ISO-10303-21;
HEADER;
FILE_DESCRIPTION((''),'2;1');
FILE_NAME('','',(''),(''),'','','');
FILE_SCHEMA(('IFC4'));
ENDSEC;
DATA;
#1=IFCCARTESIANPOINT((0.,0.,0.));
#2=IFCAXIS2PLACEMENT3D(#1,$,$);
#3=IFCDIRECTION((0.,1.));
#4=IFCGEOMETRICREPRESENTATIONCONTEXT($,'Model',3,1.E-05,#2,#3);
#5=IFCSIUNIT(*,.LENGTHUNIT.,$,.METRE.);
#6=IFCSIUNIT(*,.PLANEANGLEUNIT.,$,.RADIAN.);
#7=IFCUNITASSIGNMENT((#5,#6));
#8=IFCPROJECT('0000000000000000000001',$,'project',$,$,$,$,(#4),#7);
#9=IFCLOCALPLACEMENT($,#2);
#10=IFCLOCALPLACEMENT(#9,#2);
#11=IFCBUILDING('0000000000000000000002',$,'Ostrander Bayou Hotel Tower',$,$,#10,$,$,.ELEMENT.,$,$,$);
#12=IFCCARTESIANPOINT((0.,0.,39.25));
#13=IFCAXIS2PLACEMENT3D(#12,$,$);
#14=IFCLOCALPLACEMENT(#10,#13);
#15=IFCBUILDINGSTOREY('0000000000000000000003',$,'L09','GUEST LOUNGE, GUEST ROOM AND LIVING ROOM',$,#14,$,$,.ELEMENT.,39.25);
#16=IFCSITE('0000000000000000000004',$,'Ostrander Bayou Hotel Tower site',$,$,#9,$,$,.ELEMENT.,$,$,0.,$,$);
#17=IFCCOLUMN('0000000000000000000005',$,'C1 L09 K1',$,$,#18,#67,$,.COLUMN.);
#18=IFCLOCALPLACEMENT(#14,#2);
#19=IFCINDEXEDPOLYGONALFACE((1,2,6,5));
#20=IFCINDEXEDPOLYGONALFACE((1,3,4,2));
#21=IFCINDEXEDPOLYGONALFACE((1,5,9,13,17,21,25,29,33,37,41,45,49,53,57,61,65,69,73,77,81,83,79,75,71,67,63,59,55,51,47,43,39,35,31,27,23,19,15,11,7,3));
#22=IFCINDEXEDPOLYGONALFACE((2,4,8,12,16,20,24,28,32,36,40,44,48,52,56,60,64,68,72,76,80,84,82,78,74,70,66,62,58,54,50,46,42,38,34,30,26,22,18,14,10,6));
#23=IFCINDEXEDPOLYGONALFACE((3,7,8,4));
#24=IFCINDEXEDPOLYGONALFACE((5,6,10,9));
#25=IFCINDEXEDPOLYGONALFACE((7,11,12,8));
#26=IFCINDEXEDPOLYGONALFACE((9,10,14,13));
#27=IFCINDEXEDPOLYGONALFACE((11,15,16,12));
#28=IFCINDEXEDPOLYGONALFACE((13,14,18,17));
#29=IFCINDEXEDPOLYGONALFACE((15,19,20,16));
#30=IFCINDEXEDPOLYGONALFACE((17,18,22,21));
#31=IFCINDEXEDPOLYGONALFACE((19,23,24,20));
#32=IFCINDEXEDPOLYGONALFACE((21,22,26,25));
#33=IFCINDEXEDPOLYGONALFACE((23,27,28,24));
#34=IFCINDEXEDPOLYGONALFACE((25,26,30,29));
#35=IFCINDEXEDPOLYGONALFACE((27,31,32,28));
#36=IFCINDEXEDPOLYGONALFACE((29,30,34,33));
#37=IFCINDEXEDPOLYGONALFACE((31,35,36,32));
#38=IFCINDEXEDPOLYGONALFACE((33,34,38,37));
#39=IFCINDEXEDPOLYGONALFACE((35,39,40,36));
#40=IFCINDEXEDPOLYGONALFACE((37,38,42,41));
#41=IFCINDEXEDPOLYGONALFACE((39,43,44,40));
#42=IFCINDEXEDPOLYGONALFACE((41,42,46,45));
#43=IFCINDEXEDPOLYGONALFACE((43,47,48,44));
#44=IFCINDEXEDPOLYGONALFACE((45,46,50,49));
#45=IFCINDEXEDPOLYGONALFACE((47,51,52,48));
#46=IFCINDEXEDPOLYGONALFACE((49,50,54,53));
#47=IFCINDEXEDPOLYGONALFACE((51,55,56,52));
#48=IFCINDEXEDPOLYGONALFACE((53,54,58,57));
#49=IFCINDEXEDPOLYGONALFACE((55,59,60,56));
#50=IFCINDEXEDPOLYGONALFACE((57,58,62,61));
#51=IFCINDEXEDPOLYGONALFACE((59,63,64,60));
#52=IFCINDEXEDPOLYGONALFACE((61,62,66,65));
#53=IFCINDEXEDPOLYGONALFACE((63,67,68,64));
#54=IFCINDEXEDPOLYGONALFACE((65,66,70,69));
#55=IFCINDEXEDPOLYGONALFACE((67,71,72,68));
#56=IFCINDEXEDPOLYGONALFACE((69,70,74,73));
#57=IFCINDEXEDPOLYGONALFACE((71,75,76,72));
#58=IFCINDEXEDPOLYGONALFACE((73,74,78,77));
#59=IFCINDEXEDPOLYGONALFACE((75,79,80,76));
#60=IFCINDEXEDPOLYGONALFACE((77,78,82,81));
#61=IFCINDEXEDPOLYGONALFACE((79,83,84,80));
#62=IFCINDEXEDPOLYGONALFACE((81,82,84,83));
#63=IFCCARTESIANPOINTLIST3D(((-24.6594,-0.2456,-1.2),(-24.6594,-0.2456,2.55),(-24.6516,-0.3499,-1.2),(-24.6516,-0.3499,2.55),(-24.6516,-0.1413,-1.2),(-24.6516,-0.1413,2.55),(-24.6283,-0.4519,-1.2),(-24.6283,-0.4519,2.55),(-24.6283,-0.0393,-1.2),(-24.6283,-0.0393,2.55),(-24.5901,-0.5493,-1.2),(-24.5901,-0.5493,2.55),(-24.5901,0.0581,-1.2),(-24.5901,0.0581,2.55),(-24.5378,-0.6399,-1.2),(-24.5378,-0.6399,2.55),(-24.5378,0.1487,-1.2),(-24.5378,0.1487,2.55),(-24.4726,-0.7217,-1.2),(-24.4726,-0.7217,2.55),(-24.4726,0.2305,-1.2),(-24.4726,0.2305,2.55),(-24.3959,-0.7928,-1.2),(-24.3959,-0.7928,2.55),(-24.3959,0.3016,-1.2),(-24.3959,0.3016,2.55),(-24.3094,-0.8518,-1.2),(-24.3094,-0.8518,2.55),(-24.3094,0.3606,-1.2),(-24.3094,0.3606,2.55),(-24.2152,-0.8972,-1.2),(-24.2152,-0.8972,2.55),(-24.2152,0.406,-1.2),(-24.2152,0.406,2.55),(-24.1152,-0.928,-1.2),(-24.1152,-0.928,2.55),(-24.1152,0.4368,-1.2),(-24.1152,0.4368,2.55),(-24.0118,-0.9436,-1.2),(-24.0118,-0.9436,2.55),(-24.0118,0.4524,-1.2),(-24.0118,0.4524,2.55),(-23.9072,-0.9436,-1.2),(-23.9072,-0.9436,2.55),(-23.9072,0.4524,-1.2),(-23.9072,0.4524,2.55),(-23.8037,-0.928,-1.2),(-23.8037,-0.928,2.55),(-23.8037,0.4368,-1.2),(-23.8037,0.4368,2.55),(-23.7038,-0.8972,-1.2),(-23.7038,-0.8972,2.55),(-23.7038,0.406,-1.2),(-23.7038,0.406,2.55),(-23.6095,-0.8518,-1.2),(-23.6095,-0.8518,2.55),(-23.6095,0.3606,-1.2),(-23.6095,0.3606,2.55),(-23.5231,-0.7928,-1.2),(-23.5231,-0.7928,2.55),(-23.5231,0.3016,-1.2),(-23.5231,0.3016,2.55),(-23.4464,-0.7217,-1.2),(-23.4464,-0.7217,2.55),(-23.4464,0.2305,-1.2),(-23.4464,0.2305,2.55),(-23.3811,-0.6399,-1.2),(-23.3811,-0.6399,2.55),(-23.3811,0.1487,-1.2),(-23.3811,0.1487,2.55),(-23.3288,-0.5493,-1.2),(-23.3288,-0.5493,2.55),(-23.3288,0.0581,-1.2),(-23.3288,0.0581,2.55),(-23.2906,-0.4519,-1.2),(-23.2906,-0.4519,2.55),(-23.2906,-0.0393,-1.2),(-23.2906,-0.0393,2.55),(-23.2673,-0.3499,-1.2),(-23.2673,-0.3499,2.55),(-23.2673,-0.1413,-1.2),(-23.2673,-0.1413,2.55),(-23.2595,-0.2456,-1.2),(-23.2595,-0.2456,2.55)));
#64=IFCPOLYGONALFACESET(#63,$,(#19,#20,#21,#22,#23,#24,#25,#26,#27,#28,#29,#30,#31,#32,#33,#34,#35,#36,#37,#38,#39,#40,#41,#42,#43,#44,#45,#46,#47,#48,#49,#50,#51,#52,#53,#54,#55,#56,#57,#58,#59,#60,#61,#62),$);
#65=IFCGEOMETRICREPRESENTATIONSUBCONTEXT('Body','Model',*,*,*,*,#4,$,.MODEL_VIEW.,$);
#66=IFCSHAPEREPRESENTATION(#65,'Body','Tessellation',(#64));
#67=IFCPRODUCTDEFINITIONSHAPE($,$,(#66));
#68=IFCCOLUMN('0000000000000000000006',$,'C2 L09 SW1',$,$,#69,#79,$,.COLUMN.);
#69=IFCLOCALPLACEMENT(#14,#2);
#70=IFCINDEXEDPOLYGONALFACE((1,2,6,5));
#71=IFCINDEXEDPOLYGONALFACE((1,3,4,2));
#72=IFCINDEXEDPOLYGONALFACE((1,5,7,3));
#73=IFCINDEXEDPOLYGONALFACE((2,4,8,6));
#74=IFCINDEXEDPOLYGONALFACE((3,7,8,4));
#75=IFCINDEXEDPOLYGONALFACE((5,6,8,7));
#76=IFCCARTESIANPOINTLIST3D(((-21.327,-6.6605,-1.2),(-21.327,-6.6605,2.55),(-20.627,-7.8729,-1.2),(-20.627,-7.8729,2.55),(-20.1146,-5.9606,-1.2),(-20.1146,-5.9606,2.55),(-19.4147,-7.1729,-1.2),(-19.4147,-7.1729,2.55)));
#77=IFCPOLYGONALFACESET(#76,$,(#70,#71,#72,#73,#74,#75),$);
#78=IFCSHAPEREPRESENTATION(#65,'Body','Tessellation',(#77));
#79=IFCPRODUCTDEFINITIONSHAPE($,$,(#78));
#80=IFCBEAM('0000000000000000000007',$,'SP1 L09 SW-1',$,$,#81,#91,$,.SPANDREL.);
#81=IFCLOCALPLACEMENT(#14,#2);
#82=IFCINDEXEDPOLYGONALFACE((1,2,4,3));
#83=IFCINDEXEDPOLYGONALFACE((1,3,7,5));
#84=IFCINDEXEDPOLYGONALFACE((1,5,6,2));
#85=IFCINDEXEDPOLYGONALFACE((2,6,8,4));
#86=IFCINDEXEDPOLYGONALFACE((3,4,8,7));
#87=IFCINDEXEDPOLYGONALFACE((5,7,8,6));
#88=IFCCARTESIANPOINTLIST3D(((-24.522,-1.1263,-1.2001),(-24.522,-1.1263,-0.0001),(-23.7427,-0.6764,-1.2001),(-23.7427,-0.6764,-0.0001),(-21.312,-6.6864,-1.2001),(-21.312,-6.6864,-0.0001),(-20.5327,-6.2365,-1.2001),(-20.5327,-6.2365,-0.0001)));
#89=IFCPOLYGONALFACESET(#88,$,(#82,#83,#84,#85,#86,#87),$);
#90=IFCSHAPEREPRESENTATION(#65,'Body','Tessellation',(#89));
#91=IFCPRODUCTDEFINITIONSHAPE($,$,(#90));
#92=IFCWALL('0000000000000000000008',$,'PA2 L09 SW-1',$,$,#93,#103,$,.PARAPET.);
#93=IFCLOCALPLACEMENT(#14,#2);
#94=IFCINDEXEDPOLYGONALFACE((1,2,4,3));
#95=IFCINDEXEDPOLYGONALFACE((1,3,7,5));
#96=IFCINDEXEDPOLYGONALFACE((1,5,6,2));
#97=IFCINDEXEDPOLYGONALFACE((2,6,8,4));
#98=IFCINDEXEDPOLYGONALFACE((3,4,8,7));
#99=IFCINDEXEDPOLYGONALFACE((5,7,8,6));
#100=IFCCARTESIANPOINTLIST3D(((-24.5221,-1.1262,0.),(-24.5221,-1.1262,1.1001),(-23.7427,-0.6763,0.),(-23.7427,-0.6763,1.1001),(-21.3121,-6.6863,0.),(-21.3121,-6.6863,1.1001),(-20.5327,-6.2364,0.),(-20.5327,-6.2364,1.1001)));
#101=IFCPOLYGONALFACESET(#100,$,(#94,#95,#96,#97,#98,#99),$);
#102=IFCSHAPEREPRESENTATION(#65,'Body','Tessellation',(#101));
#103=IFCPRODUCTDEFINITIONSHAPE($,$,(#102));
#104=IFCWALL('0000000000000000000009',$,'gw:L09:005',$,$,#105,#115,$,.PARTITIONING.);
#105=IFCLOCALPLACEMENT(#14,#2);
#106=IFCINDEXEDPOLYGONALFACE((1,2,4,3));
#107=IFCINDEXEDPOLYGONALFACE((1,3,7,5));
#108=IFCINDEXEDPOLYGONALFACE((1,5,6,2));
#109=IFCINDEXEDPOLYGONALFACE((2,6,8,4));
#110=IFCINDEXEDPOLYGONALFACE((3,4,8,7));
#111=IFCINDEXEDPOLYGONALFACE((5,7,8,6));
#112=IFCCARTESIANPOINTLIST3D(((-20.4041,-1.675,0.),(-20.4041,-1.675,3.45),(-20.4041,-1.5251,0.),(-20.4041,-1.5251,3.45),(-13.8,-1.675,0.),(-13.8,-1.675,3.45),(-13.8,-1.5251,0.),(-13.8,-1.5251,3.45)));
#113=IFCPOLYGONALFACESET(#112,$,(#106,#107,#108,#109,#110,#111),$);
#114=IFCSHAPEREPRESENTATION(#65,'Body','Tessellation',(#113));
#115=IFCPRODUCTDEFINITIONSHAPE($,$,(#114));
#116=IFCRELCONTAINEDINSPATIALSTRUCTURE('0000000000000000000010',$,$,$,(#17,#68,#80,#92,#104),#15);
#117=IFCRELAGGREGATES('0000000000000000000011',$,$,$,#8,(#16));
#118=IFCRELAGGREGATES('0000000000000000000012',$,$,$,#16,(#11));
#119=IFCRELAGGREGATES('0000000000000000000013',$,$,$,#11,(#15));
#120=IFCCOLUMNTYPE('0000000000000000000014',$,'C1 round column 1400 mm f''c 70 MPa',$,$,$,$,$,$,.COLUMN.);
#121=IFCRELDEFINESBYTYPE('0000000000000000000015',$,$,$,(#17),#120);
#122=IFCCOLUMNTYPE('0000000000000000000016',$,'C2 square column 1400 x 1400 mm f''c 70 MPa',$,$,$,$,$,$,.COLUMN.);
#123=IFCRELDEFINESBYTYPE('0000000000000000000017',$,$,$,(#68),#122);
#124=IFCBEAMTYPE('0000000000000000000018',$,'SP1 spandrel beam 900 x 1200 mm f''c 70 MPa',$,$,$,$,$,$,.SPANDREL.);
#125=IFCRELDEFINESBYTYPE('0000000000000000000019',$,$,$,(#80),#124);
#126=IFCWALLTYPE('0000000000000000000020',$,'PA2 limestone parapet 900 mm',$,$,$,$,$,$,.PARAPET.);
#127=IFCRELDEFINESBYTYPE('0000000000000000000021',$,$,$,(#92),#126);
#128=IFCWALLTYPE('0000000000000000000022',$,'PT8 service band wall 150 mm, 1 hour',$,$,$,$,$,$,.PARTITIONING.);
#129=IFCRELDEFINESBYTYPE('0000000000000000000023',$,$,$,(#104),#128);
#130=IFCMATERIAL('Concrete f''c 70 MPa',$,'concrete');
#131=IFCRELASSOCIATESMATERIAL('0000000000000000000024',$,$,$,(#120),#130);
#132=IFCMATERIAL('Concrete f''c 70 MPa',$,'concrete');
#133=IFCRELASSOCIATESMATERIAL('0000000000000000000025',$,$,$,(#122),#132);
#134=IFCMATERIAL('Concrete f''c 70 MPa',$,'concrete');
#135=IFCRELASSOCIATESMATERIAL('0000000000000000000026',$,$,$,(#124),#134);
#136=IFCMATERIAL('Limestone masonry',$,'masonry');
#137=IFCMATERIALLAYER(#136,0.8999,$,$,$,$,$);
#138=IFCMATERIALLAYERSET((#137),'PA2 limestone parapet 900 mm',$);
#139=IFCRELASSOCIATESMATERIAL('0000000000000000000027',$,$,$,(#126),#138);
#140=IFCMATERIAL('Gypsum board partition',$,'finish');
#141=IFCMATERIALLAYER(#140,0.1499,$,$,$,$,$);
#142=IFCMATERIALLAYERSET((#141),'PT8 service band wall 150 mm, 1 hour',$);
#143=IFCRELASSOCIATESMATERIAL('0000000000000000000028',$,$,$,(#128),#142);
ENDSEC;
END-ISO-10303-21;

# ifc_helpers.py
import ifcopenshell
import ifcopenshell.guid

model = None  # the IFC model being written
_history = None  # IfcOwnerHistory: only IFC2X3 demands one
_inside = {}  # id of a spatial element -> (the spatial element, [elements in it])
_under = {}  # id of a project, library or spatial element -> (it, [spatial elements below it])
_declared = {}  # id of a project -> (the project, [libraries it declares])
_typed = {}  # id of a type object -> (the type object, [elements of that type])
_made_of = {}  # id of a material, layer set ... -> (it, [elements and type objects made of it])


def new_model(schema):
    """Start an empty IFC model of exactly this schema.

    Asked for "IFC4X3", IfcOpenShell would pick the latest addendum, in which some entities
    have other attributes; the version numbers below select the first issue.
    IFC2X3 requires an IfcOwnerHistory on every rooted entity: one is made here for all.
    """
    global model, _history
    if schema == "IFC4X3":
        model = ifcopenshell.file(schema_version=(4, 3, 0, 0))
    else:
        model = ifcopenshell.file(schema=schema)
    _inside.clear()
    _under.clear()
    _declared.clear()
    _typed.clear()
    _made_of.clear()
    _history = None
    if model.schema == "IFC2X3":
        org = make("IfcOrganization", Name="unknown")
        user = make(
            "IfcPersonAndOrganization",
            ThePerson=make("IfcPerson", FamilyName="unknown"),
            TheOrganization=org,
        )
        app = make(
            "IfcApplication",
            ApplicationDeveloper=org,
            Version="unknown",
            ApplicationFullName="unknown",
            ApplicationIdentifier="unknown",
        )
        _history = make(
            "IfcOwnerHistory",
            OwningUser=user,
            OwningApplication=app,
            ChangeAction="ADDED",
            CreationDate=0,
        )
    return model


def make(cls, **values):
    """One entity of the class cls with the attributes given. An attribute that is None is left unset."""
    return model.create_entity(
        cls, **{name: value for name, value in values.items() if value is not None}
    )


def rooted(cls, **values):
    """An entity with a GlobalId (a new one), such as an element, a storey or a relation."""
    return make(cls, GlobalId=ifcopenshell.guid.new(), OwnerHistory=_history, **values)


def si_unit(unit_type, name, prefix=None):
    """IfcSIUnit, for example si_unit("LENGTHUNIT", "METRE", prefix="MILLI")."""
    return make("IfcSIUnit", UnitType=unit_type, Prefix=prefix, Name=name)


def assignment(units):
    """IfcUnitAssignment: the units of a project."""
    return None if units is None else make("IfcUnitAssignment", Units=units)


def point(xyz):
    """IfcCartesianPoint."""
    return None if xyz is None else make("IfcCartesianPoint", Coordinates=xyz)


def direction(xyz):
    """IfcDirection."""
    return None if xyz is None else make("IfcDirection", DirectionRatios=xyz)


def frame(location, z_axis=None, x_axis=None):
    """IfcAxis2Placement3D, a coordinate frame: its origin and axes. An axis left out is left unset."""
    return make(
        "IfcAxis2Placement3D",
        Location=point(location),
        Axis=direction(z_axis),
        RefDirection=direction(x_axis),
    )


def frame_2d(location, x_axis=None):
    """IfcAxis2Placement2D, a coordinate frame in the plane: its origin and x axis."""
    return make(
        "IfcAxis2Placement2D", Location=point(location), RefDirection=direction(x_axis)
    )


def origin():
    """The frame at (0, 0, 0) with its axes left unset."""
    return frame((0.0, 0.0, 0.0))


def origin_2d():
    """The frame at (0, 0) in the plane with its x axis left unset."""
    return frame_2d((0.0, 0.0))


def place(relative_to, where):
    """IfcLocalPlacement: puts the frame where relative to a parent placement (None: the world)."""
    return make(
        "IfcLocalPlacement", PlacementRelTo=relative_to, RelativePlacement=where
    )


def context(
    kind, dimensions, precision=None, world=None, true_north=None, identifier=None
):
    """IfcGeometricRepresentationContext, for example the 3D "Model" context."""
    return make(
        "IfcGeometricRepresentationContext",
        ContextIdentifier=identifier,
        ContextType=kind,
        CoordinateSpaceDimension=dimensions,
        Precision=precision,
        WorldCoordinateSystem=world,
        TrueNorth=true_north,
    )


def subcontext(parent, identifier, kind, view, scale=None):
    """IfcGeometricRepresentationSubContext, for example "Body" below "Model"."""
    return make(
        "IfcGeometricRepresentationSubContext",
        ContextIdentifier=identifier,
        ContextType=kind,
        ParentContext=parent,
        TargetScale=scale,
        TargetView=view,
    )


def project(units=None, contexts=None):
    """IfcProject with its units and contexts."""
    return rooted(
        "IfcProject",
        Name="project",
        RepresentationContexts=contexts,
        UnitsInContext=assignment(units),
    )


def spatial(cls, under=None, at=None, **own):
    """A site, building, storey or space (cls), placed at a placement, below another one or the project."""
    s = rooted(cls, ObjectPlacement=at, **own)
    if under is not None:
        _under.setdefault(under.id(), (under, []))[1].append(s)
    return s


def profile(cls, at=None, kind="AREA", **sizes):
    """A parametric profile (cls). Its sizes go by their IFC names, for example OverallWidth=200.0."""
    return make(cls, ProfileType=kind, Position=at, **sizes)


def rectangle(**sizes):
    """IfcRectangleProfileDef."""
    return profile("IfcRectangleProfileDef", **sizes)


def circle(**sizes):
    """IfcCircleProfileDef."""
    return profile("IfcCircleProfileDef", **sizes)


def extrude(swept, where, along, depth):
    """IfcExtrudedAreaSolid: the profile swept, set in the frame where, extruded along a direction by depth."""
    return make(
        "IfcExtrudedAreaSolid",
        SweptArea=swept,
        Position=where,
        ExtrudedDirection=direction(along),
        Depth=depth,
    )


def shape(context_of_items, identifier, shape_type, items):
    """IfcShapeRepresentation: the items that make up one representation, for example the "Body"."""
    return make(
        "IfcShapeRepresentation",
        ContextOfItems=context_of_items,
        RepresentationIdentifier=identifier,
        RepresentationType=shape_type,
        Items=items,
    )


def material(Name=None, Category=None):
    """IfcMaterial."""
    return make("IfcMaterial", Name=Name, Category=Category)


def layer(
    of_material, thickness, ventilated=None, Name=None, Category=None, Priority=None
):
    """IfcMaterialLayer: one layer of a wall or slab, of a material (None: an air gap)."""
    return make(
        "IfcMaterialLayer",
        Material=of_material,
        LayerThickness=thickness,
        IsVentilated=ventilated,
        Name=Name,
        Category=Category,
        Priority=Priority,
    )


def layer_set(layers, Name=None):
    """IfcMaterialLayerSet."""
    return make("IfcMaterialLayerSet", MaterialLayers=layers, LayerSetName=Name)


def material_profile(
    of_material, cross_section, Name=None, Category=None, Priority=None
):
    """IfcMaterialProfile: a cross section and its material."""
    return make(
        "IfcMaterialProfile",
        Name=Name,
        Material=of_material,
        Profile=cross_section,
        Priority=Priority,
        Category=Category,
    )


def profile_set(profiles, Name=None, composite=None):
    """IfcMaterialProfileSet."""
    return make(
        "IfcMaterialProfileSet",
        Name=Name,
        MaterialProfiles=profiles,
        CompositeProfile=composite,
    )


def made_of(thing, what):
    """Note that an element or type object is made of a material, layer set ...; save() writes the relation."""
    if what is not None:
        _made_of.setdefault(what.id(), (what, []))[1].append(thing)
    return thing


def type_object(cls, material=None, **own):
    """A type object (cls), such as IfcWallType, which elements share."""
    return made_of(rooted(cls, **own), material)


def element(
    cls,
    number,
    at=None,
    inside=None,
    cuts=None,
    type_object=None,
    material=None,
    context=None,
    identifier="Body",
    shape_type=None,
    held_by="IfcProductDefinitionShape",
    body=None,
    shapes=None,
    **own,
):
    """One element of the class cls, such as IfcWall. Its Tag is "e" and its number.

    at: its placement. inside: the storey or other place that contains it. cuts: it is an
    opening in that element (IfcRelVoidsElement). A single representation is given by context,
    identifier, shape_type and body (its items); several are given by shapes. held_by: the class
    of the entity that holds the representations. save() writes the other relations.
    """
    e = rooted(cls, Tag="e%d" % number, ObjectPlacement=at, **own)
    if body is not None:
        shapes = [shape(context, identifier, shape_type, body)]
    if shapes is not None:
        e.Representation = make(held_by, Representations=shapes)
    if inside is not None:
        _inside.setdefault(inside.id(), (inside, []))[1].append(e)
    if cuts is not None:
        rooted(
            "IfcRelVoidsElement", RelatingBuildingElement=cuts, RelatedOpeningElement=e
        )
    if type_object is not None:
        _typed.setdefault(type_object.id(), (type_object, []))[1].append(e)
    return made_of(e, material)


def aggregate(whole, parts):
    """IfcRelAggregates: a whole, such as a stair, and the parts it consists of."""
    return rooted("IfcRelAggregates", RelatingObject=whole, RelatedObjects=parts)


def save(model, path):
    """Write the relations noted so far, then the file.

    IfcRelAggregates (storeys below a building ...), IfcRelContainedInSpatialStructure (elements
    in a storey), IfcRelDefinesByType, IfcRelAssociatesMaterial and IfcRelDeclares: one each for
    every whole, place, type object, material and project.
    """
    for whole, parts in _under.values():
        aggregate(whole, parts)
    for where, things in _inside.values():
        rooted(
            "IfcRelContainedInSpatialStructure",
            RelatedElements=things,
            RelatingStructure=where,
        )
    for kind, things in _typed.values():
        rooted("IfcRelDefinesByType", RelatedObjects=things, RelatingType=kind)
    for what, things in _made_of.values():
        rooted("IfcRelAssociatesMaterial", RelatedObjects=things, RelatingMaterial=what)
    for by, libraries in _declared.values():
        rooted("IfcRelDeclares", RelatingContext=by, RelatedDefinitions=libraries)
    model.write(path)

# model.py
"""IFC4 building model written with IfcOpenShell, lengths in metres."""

from ifc_helpers import new_model, si_unit, direction, frame, frame_2d, origin, origin_2d, place, context, subcontext, project, spatial, rectangle, circle, extrude, material, layer, layer_set, material_profile, profile_set, type_object, element, save


model = new_model("IFC4")

# Units and contexts
model_context = context("Model", 3, precision=1e-05, world=origin(), true_north=direction((0.0, 1.0)))
body_context = subcontext(model_context, "Body", "Model", "MODEL_VIEW")
ifc_project = project(units=[si_unit("LENGTHUNIT", "METRE"), si_unit("PLANEANGLEUNIT", "RADIAN")], contexts=[model_context])

# Site, building, storey
site_placement = place(None, origin())
site = spatial("IfcSite", under=ifc_project, at=site_placement, Name="Ostrander Bayou Hotel Tower site", CompositionType="ELEMENT", RefElevation=0.0)
building_placement = place(site_placement, origin())
building = spatial("IfcBuilding", under=site, at=building_placement, Name="Ostrander Bayou Hotel Tower", CompositionType="ELEMENT")
storey_placement = place(building_placement, frame((0.0, 0.0, 39.25)))
storey = spatial("IfcBuildingStorey", under=building, at=storey_placement, Name="L09", Description="GUEST LOUNGE, GUEST ROOM AND LIVING ROOM", CompositionType="ELEMENT", Elevation=39.25)

# Columns
ifc_material_1 = material(Name="Concrete f'c 70 MPa", Category="concrete")
ifc_material_profile_1 = material_profile(ifc_material_1, circle(Radius=0.7, at=origin_2d()))
ifc_profile_set_1 = profile_set([ifc_material_profile_1], Name="Concrete f'c 70 MPa")
column_type_1 = type_object("IfcColumnType", Name="C1 round column 1400 mm f'c 70 MPa", PredefinedType="COLUMN", material=ifc_profile_set_1)
column_1_placement = place(storey_placement, frame((-23.9595, -0.2456, -1.2), z_axis=(0.0, 0.0, 1.0), x_axis=(1.0, 0.0, 0.0)))
element("IfcColumn", 1, at=column_1_placement, inside=storey, type_object=column_type_1, Name="C1 L09 K1", PredefinedType="COLUMN", context=body_context, shape_type="SweptSolid", body=[
    extrude(circle(Radius=0.7, at=origin_2d()), origin(), (0.0, 0.0, 1.0), 3.75),
])
ifc_material_2 = material(Name="Concrete f'c 70 MPa", Category="concrete")
ifc_material_profile_2 = material_profile(ifc_material_2, rectangle(XDim=1.3999, YDim=1.3999, at=origin_2d()))
ifc_profile_set_2 = profile_set([ifc_material_profile_2], Name="Concrete f'c 70 MPa")
column_type_2 = type_object("IfcColumnType", Name="C2 square column 1400 x 1400 mm f'c 70 MPa", PredefinedType="COLUMN", material=ifc_profile_set_2)
column_2_placement = place(storey_placement, frame((-20.3708, -6.9167, -1.2), z_axis=(0.0, 0.0, 1.0), x_axis=(-0.5, 0.866025, 0.0)))
element("IfcColumn", 2, at=column_2_placement, inside=storey, type_object=column_type_2, Name="C2 L09 SW1", PredefinedType="COLUMN", context=body_context, shape_type="SweptSolid", body=[
    extrude(rectangle(XDim=1.3999, YDim=1.3999, at=origin_2d()), origin(), (0.0, 0.0, 1.0), 3.75),
])

# Beam
ifc_material_3 = material(Name="Concrete f'c 70 MPa", Category="concrete")
ifc_material_profile_3 = material_profile(ifc_material_3, rectangle(XDim=0.8999, YDim=1.2, at=origin_2d()))
ifc_profile_set_3 = profile_set([ifc_material_profile_3], Name="Concrete f'c 70 MPa")
beam_type = type_object("IfcBeamType", Name="SP1 spandrel beam 900 x 1200 mm f'c 70 MPa", PredefinedType="SPANDREL", material=ifc_profile_set_3)
beam_placement = place(storey_placement, frame((-24.1323, -0.9014, -0.6001), z_axis=(0.499984, -0.866035, 0.0), x_axis=(0.866035, 0.499984, 0.0)))
element("IfcBeam", 3, at=beam_placement, inside=storey, type_object=beam_type, Name="SP1 L09 SW-1", PredefinedType="SPANDREL", context=body_context, shape_type="SweptSolid", body=[
    extrude(rectangle(XDim=0.8999, YDim=1.2, at=origin_2d()), origin(), (0.0, 0.0, 1.0), 6.4202),
])

# Walls
ifc_material_4 = material(Name="Limestone masonry", Category="masonry")
ifc_layer_1 = layer(ifc_material_4, 0.8999)
ifc_layer_set_1 = layer_set([ifc_layer_1], Name="PA2 limestone parapet 900 mm")
wall_type_1 = type_object("IfcWallType", Name="PA2 limestone parapet 900 mm", PredefinedType="PARAPET", material=ifc_layer_set_1)
wall_1_placement = place(storey_placement, frame((-24.1323, -0.9014, 0.0), z_axis=(0.0, 0.0, 1.0), x_axis=(0.499984, -0.866035, 0.0)))
element("IfcWall", 4, at=wall_1_placement, inside=storey, type_object=wall_type_1, Name="PA2 L09 SW-1", PredefinedType="PARAPET", context=body_context, shape_type="SweptSolid", body=[
    extrude(rectangle(XDim=6.4202, YDim=0.8999, at=frame_2d((3.21, 0.0))), origin(), (0.0, 0.0, 1.0), 1.1001),
])
ifc_material_5 = material(Name="Gypsum board partition", Category="finish")
ifc_layer_2 = layer(ifc_material_5, 0.1499)
ifc_layer_set_2 = layer_set([ifc_layer_2], Name="PT8 service band wall 150 mm, 1 hour")
wall_type_2 = type_object("IfcWallType", Name="PT8 service band wall 150 mm, 1 hour", PredefinedType="PARTITIONING", material=ifc_layer_set_2)
wall_2_placement = place(storey_placement, frame((-20.4041, -1.6001, 0.0), z_axis=(0.0, 0.0, 1.0), x_axis=(1.0, 0.0, 0.0)))
element("IfcWall", 5, at=wall_2_placement, inside=storey, type_object=wall_type_2, Name="gw:L09:005", PredefinedType="PARTITIONING", context=body_context, shape_type="SweptSolid", body=[
    extrude(rectangle(XDim=6.604, YDim=0.1499, at=frame_2d((3.302, 0.0))), origin(), (0.0, 0.0, 1.0), 3.45),
])

save(model, "model.ifc")
